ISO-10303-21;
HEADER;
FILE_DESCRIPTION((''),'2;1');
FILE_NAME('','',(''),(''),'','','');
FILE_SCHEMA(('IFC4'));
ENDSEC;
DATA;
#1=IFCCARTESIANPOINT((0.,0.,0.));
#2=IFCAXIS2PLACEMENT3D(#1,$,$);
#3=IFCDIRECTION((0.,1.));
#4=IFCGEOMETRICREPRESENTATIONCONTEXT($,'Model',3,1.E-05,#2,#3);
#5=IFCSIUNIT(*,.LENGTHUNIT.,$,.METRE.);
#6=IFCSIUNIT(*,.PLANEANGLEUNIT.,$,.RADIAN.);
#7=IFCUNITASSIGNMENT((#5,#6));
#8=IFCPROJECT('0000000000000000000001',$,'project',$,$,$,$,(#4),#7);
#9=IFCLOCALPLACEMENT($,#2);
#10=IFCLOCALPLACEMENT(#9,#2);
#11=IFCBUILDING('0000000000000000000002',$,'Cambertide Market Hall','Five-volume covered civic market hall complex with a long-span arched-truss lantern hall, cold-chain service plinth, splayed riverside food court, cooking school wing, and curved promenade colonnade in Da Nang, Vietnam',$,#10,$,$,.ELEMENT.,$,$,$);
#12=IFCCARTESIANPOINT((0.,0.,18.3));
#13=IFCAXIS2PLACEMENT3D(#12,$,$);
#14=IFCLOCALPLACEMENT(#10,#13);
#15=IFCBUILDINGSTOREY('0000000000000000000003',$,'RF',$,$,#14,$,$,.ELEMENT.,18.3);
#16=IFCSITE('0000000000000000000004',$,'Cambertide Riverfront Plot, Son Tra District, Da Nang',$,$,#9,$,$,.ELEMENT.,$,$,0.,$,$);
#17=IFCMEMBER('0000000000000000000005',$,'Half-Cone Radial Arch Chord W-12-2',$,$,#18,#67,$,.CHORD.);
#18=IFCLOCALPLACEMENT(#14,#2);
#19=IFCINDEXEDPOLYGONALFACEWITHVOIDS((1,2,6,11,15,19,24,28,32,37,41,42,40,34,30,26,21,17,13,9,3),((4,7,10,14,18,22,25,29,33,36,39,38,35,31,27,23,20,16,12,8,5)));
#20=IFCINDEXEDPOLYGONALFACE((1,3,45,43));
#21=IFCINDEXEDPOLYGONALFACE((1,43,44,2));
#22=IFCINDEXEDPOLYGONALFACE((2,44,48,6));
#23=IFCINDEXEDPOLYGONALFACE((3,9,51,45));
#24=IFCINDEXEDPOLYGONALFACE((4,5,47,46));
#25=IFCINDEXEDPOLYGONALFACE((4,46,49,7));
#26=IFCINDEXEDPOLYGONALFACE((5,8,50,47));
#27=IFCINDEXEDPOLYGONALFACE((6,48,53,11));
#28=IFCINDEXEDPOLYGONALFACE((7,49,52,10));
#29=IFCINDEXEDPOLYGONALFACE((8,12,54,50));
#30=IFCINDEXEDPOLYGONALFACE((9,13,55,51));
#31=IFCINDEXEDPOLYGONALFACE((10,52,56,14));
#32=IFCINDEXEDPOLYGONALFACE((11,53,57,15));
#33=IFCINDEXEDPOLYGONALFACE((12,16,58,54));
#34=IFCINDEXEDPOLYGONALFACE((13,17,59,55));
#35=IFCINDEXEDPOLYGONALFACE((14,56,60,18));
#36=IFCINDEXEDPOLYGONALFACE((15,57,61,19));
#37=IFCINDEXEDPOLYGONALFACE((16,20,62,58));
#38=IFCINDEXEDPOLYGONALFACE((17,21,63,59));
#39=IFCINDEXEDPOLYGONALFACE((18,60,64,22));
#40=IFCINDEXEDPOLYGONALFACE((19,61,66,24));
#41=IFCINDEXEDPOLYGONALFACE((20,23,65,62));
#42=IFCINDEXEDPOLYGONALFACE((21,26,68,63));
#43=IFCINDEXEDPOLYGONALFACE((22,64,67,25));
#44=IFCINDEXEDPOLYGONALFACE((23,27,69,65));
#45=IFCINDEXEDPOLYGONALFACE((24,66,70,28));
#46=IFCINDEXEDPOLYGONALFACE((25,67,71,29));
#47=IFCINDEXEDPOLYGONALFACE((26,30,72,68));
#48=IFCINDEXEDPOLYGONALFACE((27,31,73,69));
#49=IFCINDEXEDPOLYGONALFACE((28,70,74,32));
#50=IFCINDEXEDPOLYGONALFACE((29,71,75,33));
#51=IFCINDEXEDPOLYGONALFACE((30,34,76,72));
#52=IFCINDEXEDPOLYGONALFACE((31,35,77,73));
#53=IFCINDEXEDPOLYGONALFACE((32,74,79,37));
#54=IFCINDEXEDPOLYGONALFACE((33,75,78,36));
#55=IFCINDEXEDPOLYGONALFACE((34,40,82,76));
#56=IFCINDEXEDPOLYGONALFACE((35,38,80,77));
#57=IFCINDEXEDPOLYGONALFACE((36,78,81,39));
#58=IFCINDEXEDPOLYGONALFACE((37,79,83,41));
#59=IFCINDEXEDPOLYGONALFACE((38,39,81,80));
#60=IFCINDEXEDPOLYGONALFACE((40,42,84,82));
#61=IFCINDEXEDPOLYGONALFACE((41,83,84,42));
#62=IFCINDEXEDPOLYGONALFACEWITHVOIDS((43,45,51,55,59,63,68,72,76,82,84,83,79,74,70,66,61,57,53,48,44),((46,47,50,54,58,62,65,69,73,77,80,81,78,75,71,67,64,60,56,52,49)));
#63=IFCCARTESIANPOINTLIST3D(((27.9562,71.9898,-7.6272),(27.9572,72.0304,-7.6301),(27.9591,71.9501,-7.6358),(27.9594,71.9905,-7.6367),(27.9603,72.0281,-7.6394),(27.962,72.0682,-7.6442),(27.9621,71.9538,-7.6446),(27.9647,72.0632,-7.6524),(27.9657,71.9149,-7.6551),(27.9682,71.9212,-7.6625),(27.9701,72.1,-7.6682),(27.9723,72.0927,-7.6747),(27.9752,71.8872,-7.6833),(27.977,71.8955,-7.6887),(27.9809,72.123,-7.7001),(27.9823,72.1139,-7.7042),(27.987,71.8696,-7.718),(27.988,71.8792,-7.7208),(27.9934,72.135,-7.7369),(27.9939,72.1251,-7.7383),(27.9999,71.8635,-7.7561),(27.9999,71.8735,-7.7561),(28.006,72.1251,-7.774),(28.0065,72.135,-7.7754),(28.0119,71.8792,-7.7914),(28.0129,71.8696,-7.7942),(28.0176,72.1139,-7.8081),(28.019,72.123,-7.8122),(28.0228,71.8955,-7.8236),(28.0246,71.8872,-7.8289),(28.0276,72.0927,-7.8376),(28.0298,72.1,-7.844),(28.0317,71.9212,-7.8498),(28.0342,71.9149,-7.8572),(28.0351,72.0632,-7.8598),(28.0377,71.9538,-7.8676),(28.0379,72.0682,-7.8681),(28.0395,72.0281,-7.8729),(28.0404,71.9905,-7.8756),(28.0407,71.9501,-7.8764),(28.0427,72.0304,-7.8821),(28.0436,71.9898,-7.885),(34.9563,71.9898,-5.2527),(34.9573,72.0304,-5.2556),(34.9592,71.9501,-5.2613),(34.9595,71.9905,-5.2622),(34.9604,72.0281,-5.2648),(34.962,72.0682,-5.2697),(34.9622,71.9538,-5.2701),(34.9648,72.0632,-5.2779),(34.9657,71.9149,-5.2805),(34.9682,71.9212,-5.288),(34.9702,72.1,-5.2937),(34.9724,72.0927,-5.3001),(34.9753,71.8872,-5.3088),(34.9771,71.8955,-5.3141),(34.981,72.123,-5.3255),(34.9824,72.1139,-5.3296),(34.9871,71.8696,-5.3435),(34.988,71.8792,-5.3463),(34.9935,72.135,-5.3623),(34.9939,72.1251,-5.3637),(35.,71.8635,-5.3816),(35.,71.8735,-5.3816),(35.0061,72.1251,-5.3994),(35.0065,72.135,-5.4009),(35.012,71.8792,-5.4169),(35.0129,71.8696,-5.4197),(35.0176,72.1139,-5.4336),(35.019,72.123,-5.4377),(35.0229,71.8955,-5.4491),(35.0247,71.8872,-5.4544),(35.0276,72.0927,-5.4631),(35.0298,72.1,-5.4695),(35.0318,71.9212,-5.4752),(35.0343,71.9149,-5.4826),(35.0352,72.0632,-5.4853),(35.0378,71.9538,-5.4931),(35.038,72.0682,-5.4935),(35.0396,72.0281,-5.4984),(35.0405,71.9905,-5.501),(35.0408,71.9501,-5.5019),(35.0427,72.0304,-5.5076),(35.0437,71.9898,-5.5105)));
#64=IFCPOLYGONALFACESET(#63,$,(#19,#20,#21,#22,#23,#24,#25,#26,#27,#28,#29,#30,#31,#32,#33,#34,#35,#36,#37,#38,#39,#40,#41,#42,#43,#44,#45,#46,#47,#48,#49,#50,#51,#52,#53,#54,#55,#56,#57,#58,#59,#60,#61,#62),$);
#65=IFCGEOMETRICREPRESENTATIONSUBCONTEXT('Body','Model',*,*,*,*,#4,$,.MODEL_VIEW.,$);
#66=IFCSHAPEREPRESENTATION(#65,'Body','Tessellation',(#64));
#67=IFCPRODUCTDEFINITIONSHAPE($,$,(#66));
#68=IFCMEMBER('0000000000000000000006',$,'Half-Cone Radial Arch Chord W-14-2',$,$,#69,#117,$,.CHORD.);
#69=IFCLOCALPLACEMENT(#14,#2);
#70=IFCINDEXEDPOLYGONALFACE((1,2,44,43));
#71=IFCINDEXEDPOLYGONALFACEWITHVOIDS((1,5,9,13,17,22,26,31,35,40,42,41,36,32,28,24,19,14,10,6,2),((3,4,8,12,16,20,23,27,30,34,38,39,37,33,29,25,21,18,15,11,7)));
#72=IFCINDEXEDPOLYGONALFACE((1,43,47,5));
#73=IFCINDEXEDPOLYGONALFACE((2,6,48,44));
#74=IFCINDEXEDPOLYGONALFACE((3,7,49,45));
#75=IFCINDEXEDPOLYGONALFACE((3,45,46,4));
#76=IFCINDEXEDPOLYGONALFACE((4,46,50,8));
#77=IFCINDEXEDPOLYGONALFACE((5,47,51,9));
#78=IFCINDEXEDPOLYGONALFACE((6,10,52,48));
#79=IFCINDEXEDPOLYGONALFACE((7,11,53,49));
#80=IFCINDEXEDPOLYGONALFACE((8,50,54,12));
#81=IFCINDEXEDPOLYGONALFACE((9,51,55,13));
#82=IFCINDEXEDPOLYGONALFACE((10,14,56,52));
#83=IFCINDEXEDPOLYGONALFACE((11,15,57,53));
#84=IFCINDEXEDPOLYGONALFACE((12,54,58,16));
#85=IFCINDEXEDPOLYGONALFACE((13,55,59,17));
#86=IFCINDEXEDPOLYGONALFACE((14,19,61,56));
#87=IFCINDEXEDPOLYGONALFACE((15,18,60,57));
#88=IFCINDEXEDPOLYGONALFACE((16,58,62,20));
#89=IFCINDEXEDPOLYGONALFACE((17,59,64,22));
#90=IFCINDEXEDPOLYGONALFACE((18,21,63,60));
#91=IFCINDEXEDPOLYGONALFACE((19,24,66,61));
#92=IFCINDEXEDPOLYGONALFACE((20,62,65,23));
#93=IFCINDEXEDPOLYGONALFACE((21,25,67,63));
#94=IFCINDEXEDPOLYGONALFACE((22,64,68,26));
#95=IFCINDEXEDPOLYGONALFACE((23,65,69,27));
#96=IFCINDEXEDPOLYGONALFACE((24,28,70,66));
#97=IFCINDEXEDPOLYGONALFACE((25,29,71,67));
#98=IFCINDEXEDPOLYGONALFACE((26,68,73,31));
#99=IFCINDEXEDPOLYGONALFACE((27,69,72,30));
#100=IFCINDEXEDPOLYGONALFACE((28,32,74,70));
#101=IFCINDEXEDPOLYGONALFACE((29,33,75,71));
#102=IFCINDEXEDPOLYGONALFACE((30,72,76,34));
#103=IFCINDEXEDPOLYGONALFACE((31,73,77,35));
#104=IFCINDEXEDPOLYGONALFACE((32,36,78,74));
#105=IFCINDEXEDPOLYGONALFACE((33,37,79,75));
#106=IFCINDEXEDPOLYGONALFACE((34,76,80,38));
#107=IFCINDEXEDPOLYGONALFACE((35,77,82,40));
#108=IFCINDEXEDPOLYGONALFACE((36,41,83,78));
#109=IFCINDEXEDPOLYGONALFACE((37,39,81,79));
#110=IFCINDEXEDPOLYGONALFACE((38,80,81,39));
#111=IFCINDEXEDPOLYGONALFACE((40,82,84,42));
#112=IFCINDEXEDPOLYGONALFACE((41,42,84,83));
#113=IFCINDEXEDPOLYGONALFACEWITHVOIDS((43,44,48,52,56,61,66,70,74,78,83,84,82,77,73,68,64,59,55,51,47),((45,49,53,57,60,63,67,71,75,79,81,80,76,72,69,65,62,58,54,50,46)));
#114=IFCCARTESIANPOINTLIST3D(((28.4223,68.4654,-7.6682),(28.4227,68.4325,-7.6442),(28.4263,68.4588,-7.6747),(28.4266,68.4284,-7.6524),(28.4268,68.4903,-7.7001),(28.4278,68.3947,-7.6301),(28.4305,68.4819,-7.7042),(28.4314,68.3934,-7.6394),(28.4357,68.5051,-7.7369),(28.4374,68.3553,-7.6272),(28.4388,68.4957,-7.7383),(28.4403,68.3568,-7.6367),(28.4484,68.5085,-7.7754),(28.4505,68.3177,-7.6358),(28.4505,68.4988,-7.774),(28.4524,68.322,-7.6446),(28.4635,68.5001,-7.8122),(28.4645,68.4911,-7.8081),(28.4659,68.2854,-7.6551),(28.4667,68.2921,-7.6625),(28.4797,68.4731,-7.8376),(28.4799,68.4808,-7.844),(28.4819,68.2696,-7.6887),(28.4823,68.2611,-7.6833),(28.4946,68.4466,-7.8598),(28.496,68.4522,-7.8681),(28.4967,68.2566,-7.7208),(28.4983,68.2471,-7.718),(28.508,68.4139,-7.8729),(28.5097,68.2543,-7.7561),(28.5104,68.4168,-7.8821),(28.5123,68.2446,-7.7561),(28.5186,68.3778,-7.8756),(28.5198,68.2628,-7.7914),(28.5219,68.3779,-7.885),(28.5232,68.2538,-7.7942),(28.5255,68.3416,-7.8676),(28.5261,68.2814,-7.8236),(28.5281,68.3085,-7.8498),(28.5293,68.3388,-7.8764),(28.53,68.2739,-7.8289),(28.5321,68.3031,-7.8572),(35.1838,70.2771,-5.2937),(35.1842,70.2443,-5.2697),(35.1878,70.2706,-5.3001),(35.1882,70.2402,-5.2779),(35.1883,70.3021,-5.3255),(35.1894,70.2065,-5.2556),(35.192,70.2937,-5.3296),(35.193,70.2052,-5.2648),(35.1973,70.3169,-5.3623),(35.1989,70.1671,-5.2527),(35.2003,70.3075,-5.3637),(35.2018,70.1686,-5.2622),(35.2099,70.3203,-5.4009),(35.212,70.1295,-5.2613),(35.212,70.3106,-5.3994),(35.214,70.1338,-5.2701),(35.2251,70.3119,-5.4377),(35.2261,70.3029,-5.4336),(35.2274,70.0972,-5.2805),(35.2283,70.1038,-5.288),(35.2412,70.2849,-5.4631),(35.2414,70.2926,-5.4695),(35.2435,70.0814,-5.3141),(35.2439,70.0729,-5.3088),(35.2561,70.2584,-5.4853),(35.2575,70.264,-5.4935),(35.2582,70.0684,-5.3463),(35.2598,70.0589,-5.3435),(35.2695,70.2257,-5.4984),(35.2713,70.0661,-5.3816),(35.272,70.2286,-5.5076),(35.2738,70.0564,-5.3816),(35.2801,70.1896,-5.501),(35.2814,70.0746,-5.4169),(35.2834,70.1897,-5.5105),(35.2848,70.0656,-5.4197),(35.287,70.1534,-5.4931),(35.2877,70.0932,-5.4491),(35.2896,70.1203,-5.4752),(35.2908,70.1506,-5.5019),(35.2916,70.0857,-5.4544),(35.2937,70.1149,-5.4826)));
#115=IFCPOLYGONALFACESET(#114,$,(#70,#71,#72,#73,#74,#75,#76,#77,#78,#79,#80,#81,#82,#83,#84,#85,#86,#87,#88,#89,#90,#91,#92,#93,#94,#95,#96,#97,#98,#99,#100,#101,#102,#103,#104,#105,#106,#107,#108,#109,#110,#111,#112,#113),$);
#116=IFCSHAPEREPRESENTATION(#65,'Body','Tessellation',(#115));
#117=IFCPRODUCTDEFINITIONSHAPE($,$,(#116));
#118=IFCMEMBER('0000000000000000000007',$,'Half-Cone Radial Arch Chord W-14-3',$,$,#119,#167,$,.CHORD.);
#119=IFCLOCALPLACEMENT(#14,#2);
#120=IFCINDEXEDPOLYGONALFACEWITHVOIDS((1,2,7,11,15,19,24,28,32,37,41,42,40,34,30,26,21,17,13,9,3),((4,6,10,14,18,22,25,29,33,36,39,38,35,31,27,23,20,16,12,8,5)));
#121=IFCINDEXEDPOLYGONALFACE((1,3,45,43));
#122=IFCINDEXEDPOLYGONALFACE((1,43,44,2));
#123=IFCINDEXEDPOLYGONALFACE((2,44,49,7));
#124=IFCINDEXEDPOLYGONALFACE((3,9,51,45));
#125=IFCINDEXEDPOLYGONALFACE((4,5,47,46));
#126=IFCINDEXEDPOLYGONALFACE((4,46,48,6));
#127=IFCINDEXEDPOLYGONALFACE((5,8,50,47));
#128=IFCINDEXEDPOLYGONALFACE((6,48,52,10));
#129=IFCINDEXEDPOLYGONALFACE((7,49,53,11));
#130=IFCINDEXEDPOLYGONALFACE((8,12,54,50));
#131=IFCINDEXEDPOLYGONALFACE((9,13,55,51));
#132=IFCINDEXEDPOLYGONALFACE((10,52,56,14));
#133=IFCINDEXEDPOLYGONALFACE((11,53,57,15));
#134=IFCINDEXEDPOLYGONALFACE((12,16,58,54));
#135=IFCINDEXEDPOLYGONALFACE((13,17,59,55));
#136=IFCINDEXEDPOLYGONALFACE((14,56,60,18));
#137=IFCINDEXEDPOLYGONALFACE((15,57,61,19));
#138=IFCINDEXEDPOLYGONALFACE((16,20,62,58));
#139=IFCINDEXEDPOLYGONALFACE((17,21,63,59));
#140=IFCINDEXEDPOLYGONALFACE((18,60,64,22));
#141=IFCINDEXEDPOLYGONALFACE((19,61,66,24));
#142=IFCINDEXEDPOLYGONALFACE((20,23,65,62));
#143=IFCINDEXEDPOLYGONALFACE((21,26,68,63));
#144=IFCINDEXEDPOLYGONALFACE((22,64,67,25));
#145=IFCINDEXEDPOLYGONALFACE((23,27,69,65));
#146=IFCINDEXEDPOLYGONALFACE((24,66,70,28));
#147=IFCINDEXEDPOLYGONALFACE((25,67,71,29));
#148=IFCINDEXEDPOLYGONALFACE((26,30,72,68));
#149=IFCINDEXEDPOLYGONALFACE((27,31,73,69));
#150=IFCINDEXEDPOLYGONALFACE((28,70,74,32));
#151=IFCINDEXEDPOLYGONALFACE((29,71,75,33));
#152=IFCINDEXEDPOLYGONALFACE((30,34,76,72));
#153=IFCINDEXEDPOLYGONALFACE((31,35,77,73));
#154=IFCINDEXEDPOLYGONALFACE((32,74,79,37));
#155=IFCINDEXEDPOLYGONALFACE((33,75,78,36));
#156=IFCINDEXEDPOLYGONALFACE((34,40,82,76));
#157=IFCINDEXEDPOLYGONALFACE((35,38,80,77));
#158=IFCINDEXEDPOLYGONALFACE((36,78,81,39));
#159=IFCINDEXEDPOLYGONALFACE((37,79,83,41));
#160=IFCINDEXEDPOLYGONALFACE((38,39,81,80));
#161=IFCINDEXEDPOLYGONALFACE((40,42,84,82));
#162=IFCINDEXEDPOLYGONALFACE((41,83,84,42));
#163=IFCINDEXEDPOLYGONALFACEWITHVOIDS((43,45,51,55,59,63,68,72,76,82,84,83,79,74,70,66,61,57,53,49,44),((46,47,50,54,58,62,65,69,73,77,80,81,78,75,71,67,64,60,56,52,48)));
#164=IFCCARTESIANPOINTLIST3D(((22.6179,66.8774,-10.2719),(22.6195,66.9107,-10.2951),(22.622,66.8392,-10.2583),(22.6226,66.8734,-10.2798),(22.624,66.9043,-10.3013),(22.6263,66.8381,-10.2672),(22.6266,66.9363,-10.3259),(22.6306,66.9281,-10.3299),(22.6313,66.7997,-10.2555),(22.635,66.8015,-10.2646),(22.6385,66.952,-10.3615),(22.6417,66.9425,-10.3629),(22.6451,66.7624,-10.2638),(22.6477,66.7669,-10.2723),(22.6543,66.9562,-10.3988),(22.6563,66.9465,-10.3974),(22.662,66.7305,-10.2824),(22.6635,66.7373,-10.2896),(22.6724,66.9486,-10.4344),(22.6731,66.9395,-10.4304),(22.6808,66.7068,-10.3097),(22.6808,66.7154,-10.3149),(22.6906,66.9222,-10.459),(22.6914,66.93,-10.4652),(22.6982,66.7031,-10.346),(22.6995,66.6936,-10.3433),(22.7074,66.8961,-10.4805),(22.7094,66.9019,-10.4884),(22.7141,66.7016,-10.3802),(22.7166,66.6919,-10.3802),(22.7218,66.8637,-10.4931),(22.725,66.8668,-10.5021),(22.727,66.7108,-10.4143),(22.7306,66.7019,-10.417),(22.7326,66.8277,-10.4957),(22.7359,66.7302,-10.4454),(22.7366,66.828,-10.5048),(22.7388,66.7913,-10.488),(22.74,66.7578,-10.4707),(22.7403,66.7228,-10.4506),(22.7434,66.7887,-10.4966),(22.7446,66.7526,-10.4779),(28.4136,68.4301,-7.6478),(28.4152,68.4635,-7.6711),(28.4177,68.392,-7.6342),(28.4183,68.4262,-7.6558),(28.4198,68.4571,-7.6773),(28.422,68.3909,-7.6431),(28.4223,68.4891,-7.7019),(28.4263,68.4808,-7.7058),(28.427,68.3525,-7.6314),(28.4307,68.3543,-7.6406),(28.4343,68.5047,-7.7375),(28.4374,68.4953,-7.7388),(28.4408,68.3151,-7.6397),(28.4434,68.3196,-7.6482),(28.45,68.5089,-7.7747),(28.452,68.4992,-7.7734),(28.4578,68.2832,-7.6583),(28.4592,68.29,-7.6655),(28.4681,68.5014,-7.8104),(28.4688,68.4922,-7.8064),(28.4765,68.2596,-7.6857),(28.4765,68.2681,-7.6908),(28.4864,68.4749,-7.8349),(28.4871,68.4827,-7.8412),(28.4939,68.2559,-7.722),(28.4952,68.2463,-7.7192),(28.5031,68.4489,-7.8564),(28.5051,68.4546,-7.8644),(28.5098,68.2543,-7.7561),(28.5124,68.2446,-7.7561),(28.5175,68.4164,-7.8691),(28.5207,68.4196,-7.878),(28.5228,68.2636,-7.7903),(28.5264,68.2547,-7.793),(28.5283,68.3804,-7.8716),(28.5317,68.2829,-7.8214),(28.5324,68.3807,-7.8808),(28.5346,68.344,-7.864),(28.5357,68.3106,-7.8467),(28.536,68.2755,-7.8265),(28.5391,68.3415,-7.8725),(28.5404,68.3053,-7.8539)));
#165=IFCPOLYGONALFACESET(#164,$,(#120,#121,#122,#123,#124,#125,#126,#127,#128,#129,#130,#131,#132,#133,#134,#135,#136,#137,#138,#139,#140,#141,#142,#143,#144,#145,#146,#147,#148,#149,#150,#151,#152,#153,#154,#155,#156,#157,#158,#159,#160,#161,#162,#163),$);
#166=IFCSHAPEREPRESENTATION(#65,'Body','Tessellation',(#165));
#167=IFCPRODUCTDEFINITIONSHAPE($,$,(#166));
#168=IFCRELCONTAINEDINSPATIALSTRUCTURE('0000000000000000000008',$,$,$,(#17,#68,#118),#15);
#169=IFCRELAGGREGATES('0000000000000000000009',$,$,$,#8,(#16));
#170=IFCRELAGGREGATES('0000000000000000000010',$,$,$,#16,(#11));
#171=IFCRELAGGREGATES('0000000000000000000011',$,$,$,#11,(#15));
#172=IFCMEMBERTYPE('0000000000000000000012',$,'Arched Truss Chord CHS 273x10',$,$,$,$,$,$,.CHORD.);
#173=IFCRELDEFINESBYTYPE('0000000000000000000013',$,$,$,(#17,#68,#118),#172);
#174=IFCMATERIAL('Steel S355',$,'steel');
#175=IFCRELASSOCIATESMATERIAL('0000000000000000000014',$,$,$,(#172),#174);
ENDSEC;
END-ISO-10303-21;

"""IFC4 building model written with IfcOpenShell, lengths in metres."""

from ifc_helpers import new_model, si_unit, direction, frame, origin, origin_2d, place, context, subcontext, project, spatial, hollow_circle, extrude, material, material_profile, profile_set, type_object, element, save


model = new_model("IFC4")

# Units and contexts
model_context = context("Model", 3, precision=1e-05, world=origin(), true_north=direction((0.0, 1.0)))
body_context = subcontext(model_context, "Body", "Model", "MODEL_VIEW")
ifc_project = project(units=[si_unit("LENGTHUNIT", "METRE"), si_unit("PLANEANGLEUNIT", "RADIAN")], contexts=[model_context])

# Site, building, storey
site_placement = place(None, origin())
site = spatial("IfcSite", under=ifc_project, at=site_placement, Name="Cambertide Riverfront Plot, Son Tra District, Da Nang", CompositionType="ELEMENT", RefElevation=0.0)
building_placement = place(site_placement, origin())
building = spatial("IfcBuilding", under=site, at=building_placement, Name="Cambertide Market Hall", Description="Five-volume covered civic market hall complex with a long-span arched-truss lantern hall, cold-chain service plinth, splayed riverside food court, cooking school wing, and curved promenade colonnade in Da Nang, Vietnam", CompositionType="ELEMENT")
storey_placement = place(building_placement, frame((0.0, 0.0, 18.3)))
storey = spatial("IfcBuildingStorey", under=building, at=storey_placement, Name="RF", CompositionType="ELEMENT", Elevation=18.3)

# Members
ifc_material_1 = material(Name="Steel S355", Category="steel")
ifc_material_profile_1 = material_profile(ifc_material_1, hollow_circle(Radius=0.1365, WallThickness=0.01, at=origin_2d()), Name="CHS 273x10")
ifc_profile_set_1 = profile_set([ifc_material_profile_1], Name="Steel S355")
member_type_1 = type_object("IfcMemberType", Name="Arched Truss Chord CHS 273x10", PredefinedType="CHORD", material=ifc_profile_set_1)
for number, where, z_axis, x_axis, name in (
    (1, (35.0, 72.0, -5.3816), (-0.946999, 0.0, -0.321237), (0.0, -1.0, 0.0), "Half-Cone Radial Arch Chord W-12-2"),
    (2, (35.2385, 70.1882, -5.3816), (-0.914729, -0.245106, -0.321237), (0.258824, -0.965925, 0.0), "Half-Cone Radial Arch Chord W-14-2"),
):
    element("IfcMember", number, at=place(storey_placement, frame(where, z_axis=z_axis, x_axis=x_axis)), inside=storey, type_object=member_type_1, Name=name, PredefinedType="CHORD", context=body_context, shape_type="SweptSolid", body=[
        extrude(hollow_circle(Radius=0.1365, WallThickness=0.01, at=origin_2d()), origin(), (0.0, 0.0, 1.0), 7.3918),
    ])
member_1_placement = place(storey_placement, frame((28.4771, 68.3765, -7.7561), z_axis=(-0.885002, -0.237104, -0.400691), x_axis=(0.258787, -0.965934, 0.0)))
element("IfcMember", 3, at=member_1_placement, inside=storey, type_object=member_type_1, Name="Half-Cone Radial Arch Chord W-14-3", PredefinedType="CHORD", context=body_context, shape_type="SweptSolid", body=[
    extrude(hollow_circle(Radius=0.1365, WallThickness=0.01, at=origin_2d()), origin(), (0.0, 0.0, 1.0), 6.5488),
])

save(model, "model.ifc")
